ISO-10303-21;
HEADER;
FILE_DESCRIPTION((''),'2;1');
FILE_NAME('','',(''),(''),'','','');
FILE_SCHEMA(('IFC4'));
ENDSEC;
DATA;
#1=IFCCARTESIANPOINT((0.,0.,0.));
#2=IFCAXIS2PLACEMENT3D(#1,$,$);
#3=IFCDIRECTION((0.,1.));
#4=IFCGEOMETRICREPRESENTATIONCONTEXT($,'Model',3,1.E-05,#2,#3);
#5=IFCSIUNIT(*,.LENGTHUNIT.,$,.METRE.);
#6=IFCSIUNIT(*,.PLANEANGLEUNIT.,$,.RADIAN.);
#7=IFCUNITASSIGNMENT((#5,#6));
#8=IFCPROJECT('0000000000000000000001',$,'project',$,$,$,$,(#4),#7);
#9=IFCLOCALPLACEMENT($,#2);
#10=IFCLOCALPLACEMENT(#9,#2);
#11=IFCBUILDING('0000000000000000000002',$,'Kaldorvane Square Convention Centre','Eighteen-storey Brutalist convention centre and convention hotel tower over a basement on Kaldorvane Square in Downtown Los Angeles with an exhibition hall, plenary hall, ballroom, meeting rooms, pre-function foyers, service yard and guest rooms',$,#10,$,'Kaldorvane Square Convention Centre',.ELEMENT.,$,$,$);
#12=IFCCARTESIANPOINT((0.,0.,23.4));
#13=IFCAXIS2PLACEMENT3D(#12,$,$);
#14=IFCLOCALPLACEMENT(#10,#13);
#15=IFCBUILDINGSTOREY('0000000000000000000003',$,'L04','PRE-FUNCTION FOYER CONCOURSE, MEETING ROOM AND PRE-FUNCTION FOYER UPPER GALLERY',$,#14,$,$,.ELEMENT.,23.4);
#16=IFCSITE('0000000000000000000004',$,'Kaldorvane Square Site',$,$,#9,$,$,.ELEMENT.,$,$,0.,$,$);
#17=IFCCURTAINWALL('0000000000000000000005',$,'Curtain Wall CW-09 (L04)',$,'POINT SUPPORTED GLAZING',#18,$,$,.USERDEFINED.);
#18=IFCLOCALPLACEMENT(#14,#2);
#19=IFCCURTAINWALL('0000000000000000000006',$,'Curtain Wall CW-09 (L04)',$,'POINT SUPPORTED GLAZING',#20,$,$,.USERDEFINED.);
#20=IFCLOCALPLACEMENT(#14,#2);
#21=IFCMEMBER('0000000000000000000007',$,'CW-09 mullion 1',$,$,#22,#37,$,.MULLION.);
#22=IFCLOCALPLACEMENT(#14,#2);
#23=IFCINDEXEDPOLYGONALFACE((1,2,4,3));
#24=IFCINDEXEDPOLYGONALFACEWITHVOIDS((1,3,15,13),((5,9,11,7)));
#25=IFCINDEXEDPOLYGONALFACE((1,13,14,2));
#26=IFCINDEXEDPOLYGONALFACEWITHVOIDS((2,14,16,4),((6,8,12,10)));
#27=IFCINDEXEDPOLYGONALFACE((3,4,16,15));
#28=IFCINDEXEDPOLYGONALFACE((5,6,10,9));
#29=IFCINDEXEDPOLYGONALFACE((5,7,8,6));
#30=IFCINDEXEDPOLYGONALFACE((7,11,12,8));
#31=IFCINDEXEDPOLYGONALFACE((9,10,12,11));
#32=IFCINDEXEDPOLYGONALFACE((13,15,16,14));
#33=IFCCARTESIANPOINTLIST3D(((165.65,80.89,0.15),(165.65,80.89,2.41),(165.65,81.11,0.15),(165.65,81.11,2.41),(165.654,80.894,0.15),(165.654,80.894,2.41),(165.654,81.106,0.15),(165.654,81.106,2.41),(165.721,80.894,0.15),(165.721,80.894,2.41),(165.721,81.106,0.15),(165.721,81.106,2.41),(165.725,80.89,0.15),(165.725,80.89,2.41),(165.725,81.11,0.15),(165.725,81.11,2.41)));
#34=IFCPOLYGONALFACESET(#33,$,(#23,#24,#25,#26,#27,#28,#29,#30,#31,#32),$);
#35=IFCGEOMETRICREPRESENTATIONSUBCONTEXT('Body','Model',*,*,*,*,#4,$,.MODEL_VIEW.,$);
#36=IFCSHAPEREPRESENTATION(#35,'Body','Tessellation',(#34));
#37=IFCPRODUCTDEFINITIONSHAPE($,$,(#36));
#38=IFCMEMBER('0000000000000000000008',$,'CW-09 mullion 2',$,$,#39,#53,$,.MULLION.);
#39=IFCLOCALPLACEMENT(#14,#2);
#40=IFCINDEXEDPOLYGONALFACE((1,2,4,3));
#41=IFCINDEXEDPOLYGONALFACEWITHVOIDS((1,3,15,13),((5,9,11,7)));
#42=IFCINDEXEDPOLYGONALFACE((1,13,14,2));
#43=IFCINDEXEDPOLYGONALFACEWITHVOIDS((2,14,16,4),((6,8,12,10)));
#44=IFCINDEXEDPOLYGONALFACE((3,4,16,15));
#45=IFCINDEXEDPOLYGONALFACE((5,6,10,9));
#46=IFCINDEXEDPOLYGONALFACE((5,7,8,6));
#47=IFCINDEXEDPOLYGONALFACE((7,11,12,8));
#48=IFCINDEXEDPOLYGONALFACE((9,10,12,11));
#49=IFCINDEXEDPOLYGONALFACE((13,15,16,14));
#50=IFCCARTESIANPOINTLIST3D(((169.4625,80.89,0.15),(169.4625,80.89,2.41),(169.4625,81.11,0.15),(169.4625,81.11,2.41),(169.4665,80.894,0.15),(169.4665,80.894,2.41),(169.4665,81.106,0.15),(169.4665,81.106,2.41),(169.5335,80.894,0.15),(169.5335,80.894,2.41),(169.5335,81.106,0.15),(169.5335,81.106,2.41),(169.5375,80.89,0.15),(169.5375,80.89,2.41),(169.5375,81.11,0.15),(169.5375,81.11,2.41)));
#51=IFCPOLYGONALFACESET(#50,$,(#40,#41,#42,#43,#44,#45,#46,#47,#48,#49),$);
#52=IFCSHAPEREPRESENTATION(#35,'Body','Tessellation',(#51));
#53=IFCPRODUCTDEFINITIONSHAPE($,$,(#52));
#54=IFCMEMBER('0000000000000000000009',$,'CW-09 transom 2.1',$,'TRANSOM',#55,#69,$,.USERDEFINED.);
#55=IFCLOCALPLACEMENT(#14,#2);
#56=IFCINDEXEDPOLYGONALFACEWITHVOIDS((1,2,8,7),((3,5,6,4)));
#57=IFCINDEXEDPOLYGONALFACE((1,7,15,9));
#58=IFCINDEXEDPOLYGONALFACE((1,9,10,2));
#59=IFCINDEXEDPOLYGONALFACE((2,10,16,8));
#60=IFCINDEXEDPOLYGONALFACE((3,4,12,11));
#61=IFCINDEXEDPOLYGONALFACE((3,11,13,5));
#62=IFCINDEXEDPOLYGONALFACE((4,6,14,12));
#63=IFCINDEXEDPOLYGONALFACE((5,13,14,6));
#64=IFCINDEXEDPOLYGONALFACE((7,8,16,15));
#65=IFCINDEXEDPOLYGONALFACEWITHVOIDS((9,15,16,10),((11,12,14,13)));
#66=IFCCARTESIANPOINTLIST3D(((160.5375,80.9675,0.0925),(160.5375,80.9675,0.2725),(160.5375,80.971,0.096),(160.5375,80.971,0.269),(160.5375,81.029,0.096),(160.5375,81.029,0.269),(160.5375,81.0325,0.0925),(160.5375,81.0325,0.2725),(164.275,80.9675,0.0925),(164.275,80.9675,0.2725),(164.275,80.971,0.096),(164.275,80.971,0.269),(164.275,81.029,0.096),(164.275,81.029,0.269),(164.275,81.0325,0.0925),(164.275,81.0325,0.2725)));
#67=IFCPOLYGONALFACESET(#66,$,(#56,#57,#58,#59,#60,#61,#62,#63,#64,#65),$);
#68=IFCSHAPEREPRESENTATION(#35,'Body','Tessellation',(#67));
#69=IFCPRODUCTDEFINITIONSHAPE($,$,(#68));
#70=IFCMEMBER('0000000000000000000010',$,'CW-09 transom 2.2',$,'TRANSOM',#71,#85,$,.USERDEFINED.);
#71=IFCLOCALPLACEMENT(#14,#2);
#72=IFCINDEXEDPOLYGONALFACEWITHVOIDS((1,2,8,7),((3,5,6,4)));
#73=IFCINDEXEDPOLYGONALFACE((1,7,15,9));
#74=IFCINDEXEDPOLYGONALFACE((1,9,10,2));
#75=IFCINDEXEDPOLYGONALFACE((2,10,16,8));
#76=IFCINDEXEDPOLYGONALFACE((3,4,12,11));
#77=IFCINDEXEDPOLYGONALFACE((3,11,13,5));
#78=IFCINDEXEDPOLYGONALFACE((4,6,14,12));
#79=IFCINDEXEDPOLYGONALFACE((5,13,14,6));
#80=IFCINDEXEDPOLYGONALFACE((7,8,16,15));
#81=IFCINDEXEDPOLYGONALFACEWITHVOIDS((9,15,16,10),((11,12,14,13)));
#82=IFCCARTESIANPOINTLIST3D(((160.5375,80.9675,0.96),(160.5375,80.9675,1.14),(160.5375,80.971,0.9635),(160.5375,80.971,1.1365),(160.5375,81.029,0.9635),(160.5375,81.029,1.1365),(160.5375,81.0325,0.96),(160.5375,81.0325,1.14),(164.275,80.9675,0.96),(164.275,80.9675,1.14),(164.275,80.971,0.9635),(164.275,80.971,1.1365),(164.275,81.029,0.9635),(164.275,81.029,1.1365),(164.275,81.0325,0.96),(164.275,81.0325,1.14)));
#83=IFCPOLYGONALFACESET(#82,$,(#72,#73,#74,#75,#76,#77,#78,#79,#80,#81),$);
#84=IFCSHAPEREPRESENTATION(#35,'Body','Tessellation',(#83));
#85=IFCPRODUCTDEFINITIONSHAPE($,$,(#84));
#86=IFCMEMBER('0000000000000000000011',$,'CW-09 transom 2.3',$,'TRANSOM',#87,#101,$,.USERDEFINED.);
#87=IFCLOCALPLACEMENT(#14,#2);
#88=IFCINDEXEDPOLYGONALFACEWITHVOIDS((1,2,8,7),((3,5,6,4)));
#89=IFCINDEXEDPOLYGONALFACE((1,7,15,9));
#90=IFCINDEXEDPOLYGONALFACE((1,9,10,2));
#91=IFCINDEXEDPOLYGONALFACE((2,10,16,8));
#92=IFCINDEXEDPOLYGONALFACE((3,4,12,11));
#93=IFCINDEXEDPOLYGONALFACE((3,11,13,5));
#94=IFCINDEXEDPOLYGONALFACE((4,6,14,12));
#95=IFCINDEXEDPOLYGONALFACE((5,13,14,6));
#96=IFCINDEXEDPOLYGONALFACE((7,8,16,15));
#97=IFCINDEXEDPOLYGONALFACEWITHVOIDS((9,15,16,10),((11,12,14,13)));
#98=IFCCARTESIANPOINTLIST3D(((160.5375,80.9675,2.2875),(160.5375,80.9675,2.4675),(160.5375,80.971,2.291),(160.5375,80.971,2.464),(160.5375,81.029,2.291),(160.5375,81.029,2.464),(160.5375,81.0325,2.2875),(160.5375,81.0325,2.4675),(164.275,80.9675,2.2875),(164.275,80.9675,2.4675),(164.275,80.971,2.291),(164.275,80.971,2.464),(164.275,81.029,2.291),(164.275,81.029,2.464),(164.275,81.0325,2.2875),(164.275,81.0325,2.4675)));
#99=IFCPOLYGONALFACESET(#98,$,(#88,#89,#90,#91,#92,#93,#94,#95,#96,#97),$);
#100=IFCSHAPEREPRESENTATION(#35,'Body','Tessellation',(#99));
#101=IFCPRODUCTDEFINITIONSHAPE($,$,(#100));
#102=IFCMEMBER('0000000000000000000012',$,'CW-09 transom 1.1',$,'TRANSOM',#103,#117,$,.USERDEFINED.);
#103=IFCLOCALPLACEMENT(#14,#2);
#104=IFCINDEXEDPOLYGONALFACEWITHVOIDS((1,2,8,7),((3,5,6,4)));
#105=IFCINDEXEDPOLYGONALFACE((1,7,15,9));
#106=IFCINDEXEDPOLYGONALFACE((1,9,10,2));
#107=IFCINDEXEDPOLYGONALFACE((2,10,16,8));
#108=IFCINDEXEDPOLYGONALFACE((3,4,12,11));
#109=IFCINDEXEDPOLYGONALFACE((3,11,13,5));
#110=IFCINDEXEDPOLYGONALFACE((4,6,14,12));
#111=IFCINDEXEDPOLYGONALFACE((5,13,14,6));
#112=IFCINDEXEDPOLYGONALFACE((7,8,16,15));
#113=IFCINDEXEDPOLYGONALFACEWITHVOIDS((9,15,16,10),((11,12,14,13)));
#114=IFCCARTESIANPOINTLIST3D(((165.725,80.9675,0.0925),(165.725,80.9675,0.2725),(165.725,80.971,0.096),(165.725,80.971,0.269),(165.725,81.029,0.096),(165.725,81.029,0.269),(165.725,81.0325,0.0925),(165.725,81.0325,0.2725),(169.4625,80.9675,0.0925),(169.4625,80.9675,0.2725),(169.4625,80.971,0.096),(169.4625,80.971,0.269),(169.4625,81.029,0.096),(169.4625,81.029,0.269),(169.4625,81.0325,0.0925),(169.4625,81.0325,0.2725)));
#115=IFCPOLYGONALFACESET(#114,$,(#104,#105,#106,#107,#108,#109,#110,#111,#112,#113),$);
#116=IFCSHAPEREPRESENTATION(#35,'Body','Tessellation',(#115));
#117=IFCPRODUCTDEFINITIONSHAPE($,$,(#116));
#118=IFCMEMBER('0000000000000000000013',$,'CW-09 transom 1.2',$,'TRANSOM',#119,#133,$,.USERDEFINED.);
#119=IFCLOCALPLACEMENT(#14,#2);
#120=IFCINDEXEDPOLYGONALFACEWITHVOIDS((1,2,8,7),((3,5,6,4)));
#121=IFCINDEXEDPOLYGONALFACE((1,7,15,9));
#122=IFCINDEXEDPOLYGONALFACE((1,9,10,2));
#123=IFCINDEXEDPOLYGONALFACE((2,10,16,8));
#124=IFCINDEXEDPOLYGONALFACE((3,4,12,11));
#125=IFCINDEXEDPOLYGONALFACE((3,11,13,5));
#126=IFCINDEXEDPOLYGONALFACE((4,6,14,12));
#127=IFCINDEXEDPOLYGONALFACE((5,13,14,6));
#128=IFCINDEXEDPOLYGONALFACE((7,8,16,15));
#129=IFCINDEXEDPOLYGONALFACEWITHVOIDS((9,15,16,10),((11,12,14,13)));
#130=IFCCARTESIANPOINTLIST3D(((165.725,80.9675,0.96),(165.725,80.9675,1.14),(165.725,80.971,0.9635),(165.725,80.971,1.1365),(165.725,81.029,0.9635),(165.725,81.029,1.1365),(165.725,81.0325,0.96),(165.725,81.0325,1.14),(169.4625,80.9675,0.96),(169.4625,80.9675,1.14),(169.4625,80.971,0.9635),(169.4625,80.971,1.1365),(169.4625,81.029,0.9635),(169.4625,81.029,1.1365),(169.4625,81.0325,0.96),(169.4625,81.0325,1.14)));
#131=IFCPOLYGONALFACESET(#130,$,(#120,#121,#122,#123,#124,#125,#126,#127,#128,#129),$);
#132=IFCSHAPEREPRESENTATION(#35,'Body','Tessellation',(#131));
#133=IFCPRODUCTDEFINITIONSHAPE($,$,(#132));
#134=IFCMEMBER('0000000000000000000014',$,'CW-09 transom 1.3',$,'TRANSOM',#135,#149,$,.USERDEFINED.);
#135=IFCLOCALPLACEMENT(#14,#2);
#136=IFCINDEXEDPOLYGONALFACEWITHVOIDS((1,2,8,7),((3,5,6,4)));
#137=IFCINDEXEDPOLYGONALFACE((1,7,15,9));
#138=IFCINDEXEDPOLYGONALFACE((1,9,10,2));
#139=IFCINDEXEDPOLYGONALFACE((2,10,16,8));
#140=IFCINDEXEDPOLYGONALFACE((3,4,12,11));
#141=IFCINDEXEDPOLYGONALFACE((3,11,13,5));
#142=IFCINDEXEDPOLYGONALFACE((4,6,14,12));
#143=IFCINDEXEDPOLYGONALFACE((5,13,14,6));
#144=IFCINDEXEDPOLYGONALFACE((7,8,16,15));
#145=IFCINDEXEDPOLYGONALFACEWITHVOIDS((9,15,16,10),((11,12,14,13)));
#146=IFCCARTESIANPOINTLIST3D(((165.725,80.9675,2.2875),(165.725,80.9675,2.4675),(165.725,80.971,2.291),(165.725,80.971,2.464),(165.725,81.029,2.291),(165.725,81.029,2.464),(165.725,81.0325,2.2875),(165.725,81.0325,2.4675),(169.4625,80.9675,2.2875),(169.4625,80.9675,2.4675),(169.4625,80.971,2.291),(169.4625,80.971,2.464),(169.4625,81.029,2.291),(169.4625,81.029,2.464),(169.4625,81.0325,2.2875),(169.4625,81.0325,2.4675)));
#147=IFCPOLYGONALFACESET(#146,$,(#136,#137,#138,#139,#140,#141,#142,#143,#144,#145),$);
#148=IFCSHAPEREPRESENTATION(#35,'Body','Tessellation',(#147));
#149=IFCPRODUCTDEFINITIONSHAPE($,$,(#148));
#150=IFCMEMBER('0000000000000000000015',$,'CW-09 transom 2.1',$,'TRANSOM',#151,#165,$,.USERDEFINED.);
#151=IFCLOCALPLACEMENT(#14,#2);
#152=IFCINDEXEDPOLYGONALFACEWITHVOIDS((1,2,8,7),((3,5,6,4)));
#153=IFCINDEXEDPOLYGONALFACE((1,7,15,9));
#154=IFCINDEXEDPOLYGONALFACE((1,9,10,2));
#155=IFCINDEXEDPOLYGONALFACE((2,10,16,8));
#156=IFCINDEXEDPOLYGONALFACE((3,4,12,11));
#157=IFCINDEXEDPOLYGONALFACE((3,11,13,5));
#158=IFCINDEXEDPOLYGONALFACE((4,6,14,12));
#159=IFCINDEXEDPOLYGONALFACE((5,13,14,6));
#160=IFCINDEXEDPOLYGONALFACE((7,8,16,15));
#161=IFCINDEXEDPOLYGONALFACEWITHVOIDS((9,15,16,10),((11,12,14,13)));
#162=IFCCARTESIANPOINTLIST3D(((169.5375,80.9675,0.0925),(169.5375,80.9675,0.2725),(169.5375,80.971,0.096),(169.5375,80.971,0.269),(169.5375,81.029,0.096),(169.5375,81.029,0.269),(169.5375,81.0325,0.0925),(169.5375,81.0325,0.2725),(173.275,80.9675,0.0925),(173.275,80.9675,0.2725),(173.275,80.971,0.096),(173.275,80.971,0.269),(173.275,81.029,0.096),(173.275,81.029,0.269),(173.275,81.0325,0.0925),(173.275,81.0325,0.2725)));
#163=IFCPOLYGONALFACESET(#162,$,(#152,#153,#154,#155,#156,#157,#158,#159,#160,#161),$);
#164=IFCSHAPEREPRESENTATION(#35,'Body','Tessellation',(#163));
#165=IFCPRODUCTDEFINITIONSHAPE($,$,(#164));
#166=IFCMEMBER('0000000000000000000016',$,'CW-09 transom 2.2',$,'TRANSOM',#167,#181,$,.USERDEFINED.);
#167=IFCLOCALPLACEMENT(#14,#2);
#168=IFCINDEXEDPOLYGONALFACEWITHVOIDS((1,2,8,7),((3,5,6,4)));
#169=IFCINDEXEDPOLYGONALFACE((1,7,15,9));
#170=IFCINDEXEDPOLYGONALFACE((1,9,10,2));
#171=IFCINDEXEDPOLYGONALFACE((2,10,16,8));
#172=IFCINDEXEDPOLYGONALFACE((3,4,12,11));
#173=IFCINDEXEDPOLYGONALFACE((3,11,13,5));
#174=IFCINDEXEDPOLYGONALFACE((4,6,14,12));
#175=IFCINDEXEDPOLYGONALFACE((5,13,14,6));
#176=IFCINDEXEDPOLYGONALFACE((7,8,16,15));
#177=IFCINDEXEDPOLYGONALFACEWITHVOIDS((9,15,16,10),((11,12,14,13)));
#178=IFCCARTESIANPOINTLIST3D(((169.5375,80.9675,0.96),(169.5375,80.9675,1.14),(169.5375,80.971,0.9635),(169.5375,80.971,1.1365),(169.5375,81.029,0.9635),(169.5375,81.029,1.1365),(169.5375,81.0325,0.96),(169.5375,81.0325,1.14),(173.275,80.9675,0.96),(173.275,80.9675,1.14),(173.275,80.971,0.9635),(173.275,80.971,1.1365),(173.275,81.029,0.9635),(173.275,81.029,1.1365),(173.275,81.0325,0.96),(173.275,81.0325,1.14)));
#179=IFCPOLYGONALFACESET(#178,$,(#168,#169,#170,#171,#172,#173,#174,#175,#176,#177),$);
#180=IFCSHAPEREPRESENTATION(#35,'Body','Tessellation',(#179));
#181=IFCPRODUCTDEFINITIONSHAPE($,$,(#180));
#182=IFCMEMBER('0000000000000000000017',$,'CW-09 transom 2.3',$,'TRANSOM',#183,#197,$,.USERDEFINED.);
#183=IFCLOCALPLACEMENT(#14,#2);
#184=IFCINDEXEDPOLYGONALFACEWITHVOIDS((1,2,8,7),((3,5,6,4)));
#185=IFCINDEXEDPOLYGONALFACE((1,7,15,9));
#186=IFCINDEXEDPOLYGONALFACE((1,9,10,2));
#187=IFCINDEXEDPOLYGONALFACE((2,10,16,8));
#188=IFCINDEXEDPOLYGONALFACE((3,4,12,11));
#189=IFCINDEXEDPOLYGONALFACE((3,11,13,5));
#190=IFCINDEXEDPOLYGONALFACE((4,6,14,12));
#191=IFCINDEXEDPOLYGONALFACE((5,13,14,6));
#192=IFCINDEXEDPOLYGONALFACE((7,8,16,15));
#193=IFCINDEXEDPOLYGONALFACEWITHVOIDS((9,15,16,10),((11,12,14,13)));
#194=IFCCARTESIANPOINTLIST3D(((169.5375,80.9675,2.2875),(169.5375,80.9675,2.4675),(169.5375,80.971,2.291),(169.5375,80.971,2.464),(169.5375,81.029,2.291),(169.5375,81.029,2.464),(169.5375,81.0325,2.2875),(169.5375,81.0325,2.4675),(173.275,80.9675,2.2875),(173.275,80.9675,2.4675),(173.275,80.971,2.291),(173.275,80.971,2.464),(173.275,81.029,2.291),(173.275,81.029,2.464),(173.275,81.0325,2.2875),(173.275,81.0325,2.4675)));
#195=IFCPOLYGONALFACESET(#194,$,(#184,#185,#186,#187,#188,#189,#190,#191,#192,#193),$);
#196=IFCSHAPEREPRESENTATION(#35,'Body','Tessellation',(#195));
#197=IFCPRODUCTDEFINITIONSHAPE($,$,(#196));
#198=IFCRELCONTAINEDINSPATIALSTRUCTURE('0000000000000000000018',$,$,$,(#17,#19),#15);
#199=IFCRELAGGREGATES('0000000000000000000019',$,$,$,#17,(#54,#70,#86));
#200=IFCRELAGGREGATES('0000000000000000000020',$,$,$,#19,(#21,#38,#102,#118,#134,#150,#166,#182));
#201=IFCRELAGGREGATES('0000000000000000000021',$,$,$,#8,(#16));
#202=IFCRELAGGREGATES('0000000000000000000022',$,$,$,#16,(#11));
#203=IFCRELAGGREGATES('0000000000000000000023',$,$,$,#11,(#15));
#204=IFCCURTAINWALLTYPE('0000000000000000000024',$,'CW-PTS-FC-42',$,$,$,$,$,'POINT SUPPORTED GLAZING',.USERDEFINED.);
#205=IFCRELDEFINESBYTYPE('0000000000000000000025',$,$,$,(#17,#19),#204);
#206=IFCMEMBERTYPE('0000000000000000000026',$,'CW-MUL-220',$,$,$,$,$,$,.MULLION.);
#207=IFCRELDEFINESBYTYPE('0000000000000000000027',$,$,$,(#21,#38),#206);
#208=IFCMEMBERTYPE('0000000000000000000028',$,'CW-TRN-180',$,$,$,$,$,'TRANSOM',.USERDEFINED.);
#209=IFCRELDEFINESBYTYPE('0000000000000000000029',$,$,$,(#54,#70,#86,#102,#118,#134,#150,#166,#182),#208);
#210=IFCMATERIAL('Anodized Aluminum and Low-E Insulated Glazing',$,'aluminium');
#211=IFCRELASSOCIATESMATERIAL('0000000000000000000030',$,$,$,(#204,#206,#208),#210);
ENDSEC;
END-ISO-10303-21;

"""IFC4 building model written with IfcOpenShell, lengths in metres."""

from ifc_helpers import new_model, si_unit, direction, frame, origin, origin_2d, place, context, subcontext, project, spatial, hollow_rectangle, extrude, material, material_profile, profile_set, type_object, element, aggregate, save


model = new_model("IFC4")

# Units and contexts
model_context = context("Model", 3, precision=1e-05, world=origin(), true_north=direction((0.0, 1.0)))
body_context = subcontext(model_context, "Body", "Model", "MODEL_VIEW")
ifc_project = project(units=[si_unit("LENGTHUNIT", "METRE"), si_unit("PLANEANGLEUNIT", "RADIAN")], contexts=[model_context])

# Site, building, storey
site_placement = place(None, origin())
site = spatial("IfcSite", under=ifc_project, at=site_placement, Name="Kaldorvane Square Site", CompositionType="ELEMENT", RefElevation=0.0)
building_placement = place(site_placement, origin())
building = spatial("IfcBuilding", under=site, at=building_placement, Name="Kaldorvane Square Convention Centre", Description="Eighteen-storey Brutalist convention centre and convention hotel tower over a basement on Kaldorvane Square in Downtown Los Angeles with an exhibition hall, plenary hall, ballroom, meeting rooms, pre-function foyers, service yard and guest rooms", LongName="Kaldorvane Square Convention Centre", CompositionType="ELEMENT")
storey_placement = place(building_placement, frame((0.0, 0.0, 23.4)))
storey = spatial("IfcBuildingStorey", under=building, at=storey_placement, Name="L04", Description="PRE-FUNCTION FOYER CONCOURSE, MEETING ROOM AND PRE-FUNCTION FOYER UPPER GALLERY", CompositionType="ELEMENT", Elevation=23.4)

# Curtain walls, members
ifc_material_1 = material(Name="Anodized Aluminum and Low-E Insulated Glazing", Category="aluminium")
curtain_wall_type = type_object("IfcCurtainWallType", Name="CW-PTS-FC-42", ElementType="POINT SUPPORTED GLAZING", PredefinedType="USERDEFINED", material=ifc_material_1)
curtain_wall_1_placement = place(storey_placement, origin())
curtain_wall_1 = element("IfcCurtainWall", 1, at=curtain_wall_1_placement, inside=storey, type_object=curtain_wall_type, Name="Curtain Wall CW-09 (L04)", ObjectType="POINT SUPPORTED GLAZING", PredefinedType="USERDEFINED")
ifc_material_profile_1 = material_profile(ifc_material_1, hollow_rectangle(XDim=0.075, YDim=0.22, WallThickness=0.004, at=origin_2d()), Name="CWM-220X75")
ifc_profile_set_1 = profile_set([ifc_material_profile_1], Name="Anodized Aluminum and Low-E Insulated Glazing")
member_type_1 = type_object("IfcMemberType", Name="CW-MUL-220", PredefinedType="MULLION", material=ifc_profile_set_1)
curtain_wall_2_placement = place(storey_placement, origin())
curtain_wall_2 = element("IfcCurtainWall", 2, at=curtain_wall_2_placement, inside=storey, type_object=curtain_wall_type, Name="Curtain Wall CW-09 (L04)", ObjectType="POINT SUPPORTED GLAZING", PredefinedType="USERDEFINED")
member_1_placement = place(storey_placement, frame((165.6875, 81.0, 0.15), z_axis=(0.0, 0.0, 1.0), x_axis=(1.0, 0.0, 0.0)))
member_1 = element("IfcMember", 3, at=member_1_placement, type_object=member_type_1, Name="CW-09 mullion 1", PredefinedType="MULLION", context=body_context, shape_type="SweptSolid", body=[
    extrude(hollow_rectangle(XDim=0.075, YDim=0.22, WallThickness=0.004, at=origin_2d()), origin(), (0.0, 0.0, 1.0), 2.26),
])
member_2_placement = place(storey_placement, frame((169.5, 81.0, 0.15), z_axis=(0.0, 0.0, 1.0), x_axis=(1.0, 0.0, 0.0)))
member_2 = element("IfcMember", 4, at=member_2_placement, type_object=member_type_1, Name="CW-09 mullion 2", PredefinedType="MULLION", context=body_context, shape_type="SweptSolid", body=[
    extrude(hollow_rectangle(XDim=0.075, YDim=0.22, WallThickness=0.004, at=origin_2d()), origin(), (0.0, 0.0, 1.0), 2.26),
])

# Members
ifc_material_profile_2 = material_profile(ifc_material_1, hollow_rectangle(XDim=0.065, YDim=0.18, WallThickness=0.0035, at=origin_2d()), Name="CWT-180X65")
ifc_profile_set_2 = profile_set([ifc_material_profile_2], Name="Anodized Aluminum and Low-E Insulated Glazing")
member_type_2 = type_object("IfcMemberType", Name="CW-TRN-180", ElementType="TRANSOM", PredefinedType="USERDEFINED", material=ifc_profile_set_2)
member_3_placement = place(storey_placement, frame((160.5375, 81.0, 0.1825), z_axis=(1.0, 0.0, 0.0), x_axis=(0.0, 1.0, 0.0)))
member_3 = element("IfcMember", 5, at=member_3_placement, type_object=member_type_2, Name="CW-09 transom 2.1", ObjectType="TRANSOM", PredefinedType="USERDEFINED", context=body_context, shape_type="SweptSolid", body=[
    extrude(hollow_rectangle(XDim=0.065, YDim=0.18, WallThickness=0.0035, at=origin_2d()), origin(), (0.0, 0.0, 1.0), 3.7375),
])
member_4_placement = place(storey_placement, frame((160.5375, 81.0, 1.05), z_axis=(1.0, 0.0, 0.0), x_axis=(0.0, 1.0, 0.0)))
member_4 = element("IfcMember", 6, at=member_4_placement, type_object=member_type_2, Name="CW-09 transom 2.2", ObjectType="TRANSOM", PredefinedType="USERDEFINED", context=body_context, shape_type="SweptSolid", body=[
    extrude(hollow_rectangle(XDim=0.065, YDim=0.18, WallThickness=0.0035, at=origin_2d()), origin(), (0.0, 0.0, 1.0), 3.7375),
])
member_5_placement = place(storey_placement, frame((160.5375, 81.0, 2.3775), z_axis=(1.0, 0.0, 0.0), x_axis=(0.0, 1.0, 0.0)))
member_5 = element("IfcMember", 7, at=member_5_placement, type_object=member_type_2, Name="CW-09 transom 2.3", ObjectType="TRANSOM", PredefinedType="USERDEFINED", context=body_context, shape_type="SweptSolid", body=[
    extrude(hollow_rectangle(XDim=0.065, YDim=0.18, WallThickness=0.0035, at=origin_2d()), origin(), (0.0, 0.0, 1.0), 3.7375),
])
member_6_placement = place(storey_placement, frame((165.725, 81.0, 0.1825), z_axis=(1.0, 0.0, 0.0), x_axis=(0.0, 1.0, 0.0)))
member_6 = element("IfcMember", 8, at=member_6_placement, type_object=member_type_2, Name="CW-09 transom 1.1", ObjectType="TRANSOM", PredefinedType="USERDEFINED", context=body_context, shape_type="SweptSolid", body=[
    extrude(hollow_rectangle(XDim=0.065, YDim=0.18, WallThickness=0.0035, at=origin_2d()), origin(), (0.0, 0.0, 1.0), 3.7375),
])
member_7_placement = place(storey_placement, frame((165.725, 81.0, 1.05), z_axis=(1.0, 0.0, 0.0), x_axis=(0.0, 1.0, 0.0)))
member_7 = element("IfcMember", 9, at=member_7_placement, type_object=member_type_2, Name="CW-09 transom 1.2", ObjectType="TRANSOM", PredefinedType="USERDEFINED", context=body_context, shape_type="SweptSolid", body=[
    extrude(hollow_rectangle(XDim=0.065, YDim=0.18, WallThickness=0.0035, at=origin_2d()), origin(), (0.0, 0.0, 1.0), 3.7375),
])
member_8_placement = place(storey_placement, frame((165.725, 81.0, 2.3775), z_axis=(1.0, 0.0, 0.0), x_axis=(0.0, 1.0, 0.0)))
member_8 = element("IfcMember", 10, at=member_8_placement, type_object=member_type_2, Name="CW-09 transom 1.3", ObjectType="TRANSOM", PredefinedType="USERDEFINED", context=body_context, shape_type="SweptSolid", body=[
    extrude(hollow_rectangle(XDim=0.065, YDim=0.18, WallThickness=0.0035, at=origin_2d()), origin(), (0.0, 0.0, 1.0), 3.7375),
])
member_9_placement = place(storey_placement, frame((169.5375, 81.0, 0.1825), z_axis=(1.0, 0.0, 0.0), x_axis=(0.0, 1.0, 0.0)))
member_9 = element("IfcMember", 11, at=member_9_placement, type_object=member_type_2, Name="CW-09 transom 2.1", ObjectType="TRANSOM", PredefinedType="USERDEFINED", context=body_context, shape_type="SweptSolid", body=[
    extrude(hollow_rectangle(XDim=0.065, YDim=0.18, WallThickness=0.0035, at=origin_2d()), origin(), (0.0, 0.0, 1.0), 3.7375),
])
member_10_placement = place(storey_placement, frame((169.5375, 81.0, 1.05), z_axis=(1.0, 0.0, 0.0), x_axis=(0.0, 1.0, 0.0)))
member_10 = element("IfcMember", 12, at=member_10_placement, type_object=member_type_2, Name="CW-09 transom 2.2", ObjectType="TRANSOM", PredefinedType="USERDEFINED", context=body_context, shape_type="SweptSolid", body=[
    extrude(hollow_rectangle(XDim=0.065, YDim=0.18, WallThickness=0.0035, at=origin_2d()), origin(), (0.0, 0.0, 1.0), 3.7375),
])
member_11_placement = place(storey_placement, frame((169.5375, 81.0, 2.3775), z_axis=(1.0, 0.0, 0.0), x_axis=(0.0, 1.0, 0.0)))
member_11 = element("IfcMember", 13, at=member_11_placement, type_object=member_type_2, Name="CW-09 transom 2.3", ObjectType="TRANSOM", PredefinedType="USERDEFINED", context=body_context, shape_type="SweptSolid", body=[
    extrude(hollow_rectangle(XDim=0.065, YDim=0.18, WallThickness=0.0035, at=origin_2d()), origin(), (0.0, 0.0, 1.0), 3.7375),
])

aggregate(curtain_wall_1, [member_3, member_4, member_5])
aggregate(curtain_wall_2, [member_1, member_2, member_6, member_7, member_8, member_9, member_10, member_11])

save(model, "model.ifc")
